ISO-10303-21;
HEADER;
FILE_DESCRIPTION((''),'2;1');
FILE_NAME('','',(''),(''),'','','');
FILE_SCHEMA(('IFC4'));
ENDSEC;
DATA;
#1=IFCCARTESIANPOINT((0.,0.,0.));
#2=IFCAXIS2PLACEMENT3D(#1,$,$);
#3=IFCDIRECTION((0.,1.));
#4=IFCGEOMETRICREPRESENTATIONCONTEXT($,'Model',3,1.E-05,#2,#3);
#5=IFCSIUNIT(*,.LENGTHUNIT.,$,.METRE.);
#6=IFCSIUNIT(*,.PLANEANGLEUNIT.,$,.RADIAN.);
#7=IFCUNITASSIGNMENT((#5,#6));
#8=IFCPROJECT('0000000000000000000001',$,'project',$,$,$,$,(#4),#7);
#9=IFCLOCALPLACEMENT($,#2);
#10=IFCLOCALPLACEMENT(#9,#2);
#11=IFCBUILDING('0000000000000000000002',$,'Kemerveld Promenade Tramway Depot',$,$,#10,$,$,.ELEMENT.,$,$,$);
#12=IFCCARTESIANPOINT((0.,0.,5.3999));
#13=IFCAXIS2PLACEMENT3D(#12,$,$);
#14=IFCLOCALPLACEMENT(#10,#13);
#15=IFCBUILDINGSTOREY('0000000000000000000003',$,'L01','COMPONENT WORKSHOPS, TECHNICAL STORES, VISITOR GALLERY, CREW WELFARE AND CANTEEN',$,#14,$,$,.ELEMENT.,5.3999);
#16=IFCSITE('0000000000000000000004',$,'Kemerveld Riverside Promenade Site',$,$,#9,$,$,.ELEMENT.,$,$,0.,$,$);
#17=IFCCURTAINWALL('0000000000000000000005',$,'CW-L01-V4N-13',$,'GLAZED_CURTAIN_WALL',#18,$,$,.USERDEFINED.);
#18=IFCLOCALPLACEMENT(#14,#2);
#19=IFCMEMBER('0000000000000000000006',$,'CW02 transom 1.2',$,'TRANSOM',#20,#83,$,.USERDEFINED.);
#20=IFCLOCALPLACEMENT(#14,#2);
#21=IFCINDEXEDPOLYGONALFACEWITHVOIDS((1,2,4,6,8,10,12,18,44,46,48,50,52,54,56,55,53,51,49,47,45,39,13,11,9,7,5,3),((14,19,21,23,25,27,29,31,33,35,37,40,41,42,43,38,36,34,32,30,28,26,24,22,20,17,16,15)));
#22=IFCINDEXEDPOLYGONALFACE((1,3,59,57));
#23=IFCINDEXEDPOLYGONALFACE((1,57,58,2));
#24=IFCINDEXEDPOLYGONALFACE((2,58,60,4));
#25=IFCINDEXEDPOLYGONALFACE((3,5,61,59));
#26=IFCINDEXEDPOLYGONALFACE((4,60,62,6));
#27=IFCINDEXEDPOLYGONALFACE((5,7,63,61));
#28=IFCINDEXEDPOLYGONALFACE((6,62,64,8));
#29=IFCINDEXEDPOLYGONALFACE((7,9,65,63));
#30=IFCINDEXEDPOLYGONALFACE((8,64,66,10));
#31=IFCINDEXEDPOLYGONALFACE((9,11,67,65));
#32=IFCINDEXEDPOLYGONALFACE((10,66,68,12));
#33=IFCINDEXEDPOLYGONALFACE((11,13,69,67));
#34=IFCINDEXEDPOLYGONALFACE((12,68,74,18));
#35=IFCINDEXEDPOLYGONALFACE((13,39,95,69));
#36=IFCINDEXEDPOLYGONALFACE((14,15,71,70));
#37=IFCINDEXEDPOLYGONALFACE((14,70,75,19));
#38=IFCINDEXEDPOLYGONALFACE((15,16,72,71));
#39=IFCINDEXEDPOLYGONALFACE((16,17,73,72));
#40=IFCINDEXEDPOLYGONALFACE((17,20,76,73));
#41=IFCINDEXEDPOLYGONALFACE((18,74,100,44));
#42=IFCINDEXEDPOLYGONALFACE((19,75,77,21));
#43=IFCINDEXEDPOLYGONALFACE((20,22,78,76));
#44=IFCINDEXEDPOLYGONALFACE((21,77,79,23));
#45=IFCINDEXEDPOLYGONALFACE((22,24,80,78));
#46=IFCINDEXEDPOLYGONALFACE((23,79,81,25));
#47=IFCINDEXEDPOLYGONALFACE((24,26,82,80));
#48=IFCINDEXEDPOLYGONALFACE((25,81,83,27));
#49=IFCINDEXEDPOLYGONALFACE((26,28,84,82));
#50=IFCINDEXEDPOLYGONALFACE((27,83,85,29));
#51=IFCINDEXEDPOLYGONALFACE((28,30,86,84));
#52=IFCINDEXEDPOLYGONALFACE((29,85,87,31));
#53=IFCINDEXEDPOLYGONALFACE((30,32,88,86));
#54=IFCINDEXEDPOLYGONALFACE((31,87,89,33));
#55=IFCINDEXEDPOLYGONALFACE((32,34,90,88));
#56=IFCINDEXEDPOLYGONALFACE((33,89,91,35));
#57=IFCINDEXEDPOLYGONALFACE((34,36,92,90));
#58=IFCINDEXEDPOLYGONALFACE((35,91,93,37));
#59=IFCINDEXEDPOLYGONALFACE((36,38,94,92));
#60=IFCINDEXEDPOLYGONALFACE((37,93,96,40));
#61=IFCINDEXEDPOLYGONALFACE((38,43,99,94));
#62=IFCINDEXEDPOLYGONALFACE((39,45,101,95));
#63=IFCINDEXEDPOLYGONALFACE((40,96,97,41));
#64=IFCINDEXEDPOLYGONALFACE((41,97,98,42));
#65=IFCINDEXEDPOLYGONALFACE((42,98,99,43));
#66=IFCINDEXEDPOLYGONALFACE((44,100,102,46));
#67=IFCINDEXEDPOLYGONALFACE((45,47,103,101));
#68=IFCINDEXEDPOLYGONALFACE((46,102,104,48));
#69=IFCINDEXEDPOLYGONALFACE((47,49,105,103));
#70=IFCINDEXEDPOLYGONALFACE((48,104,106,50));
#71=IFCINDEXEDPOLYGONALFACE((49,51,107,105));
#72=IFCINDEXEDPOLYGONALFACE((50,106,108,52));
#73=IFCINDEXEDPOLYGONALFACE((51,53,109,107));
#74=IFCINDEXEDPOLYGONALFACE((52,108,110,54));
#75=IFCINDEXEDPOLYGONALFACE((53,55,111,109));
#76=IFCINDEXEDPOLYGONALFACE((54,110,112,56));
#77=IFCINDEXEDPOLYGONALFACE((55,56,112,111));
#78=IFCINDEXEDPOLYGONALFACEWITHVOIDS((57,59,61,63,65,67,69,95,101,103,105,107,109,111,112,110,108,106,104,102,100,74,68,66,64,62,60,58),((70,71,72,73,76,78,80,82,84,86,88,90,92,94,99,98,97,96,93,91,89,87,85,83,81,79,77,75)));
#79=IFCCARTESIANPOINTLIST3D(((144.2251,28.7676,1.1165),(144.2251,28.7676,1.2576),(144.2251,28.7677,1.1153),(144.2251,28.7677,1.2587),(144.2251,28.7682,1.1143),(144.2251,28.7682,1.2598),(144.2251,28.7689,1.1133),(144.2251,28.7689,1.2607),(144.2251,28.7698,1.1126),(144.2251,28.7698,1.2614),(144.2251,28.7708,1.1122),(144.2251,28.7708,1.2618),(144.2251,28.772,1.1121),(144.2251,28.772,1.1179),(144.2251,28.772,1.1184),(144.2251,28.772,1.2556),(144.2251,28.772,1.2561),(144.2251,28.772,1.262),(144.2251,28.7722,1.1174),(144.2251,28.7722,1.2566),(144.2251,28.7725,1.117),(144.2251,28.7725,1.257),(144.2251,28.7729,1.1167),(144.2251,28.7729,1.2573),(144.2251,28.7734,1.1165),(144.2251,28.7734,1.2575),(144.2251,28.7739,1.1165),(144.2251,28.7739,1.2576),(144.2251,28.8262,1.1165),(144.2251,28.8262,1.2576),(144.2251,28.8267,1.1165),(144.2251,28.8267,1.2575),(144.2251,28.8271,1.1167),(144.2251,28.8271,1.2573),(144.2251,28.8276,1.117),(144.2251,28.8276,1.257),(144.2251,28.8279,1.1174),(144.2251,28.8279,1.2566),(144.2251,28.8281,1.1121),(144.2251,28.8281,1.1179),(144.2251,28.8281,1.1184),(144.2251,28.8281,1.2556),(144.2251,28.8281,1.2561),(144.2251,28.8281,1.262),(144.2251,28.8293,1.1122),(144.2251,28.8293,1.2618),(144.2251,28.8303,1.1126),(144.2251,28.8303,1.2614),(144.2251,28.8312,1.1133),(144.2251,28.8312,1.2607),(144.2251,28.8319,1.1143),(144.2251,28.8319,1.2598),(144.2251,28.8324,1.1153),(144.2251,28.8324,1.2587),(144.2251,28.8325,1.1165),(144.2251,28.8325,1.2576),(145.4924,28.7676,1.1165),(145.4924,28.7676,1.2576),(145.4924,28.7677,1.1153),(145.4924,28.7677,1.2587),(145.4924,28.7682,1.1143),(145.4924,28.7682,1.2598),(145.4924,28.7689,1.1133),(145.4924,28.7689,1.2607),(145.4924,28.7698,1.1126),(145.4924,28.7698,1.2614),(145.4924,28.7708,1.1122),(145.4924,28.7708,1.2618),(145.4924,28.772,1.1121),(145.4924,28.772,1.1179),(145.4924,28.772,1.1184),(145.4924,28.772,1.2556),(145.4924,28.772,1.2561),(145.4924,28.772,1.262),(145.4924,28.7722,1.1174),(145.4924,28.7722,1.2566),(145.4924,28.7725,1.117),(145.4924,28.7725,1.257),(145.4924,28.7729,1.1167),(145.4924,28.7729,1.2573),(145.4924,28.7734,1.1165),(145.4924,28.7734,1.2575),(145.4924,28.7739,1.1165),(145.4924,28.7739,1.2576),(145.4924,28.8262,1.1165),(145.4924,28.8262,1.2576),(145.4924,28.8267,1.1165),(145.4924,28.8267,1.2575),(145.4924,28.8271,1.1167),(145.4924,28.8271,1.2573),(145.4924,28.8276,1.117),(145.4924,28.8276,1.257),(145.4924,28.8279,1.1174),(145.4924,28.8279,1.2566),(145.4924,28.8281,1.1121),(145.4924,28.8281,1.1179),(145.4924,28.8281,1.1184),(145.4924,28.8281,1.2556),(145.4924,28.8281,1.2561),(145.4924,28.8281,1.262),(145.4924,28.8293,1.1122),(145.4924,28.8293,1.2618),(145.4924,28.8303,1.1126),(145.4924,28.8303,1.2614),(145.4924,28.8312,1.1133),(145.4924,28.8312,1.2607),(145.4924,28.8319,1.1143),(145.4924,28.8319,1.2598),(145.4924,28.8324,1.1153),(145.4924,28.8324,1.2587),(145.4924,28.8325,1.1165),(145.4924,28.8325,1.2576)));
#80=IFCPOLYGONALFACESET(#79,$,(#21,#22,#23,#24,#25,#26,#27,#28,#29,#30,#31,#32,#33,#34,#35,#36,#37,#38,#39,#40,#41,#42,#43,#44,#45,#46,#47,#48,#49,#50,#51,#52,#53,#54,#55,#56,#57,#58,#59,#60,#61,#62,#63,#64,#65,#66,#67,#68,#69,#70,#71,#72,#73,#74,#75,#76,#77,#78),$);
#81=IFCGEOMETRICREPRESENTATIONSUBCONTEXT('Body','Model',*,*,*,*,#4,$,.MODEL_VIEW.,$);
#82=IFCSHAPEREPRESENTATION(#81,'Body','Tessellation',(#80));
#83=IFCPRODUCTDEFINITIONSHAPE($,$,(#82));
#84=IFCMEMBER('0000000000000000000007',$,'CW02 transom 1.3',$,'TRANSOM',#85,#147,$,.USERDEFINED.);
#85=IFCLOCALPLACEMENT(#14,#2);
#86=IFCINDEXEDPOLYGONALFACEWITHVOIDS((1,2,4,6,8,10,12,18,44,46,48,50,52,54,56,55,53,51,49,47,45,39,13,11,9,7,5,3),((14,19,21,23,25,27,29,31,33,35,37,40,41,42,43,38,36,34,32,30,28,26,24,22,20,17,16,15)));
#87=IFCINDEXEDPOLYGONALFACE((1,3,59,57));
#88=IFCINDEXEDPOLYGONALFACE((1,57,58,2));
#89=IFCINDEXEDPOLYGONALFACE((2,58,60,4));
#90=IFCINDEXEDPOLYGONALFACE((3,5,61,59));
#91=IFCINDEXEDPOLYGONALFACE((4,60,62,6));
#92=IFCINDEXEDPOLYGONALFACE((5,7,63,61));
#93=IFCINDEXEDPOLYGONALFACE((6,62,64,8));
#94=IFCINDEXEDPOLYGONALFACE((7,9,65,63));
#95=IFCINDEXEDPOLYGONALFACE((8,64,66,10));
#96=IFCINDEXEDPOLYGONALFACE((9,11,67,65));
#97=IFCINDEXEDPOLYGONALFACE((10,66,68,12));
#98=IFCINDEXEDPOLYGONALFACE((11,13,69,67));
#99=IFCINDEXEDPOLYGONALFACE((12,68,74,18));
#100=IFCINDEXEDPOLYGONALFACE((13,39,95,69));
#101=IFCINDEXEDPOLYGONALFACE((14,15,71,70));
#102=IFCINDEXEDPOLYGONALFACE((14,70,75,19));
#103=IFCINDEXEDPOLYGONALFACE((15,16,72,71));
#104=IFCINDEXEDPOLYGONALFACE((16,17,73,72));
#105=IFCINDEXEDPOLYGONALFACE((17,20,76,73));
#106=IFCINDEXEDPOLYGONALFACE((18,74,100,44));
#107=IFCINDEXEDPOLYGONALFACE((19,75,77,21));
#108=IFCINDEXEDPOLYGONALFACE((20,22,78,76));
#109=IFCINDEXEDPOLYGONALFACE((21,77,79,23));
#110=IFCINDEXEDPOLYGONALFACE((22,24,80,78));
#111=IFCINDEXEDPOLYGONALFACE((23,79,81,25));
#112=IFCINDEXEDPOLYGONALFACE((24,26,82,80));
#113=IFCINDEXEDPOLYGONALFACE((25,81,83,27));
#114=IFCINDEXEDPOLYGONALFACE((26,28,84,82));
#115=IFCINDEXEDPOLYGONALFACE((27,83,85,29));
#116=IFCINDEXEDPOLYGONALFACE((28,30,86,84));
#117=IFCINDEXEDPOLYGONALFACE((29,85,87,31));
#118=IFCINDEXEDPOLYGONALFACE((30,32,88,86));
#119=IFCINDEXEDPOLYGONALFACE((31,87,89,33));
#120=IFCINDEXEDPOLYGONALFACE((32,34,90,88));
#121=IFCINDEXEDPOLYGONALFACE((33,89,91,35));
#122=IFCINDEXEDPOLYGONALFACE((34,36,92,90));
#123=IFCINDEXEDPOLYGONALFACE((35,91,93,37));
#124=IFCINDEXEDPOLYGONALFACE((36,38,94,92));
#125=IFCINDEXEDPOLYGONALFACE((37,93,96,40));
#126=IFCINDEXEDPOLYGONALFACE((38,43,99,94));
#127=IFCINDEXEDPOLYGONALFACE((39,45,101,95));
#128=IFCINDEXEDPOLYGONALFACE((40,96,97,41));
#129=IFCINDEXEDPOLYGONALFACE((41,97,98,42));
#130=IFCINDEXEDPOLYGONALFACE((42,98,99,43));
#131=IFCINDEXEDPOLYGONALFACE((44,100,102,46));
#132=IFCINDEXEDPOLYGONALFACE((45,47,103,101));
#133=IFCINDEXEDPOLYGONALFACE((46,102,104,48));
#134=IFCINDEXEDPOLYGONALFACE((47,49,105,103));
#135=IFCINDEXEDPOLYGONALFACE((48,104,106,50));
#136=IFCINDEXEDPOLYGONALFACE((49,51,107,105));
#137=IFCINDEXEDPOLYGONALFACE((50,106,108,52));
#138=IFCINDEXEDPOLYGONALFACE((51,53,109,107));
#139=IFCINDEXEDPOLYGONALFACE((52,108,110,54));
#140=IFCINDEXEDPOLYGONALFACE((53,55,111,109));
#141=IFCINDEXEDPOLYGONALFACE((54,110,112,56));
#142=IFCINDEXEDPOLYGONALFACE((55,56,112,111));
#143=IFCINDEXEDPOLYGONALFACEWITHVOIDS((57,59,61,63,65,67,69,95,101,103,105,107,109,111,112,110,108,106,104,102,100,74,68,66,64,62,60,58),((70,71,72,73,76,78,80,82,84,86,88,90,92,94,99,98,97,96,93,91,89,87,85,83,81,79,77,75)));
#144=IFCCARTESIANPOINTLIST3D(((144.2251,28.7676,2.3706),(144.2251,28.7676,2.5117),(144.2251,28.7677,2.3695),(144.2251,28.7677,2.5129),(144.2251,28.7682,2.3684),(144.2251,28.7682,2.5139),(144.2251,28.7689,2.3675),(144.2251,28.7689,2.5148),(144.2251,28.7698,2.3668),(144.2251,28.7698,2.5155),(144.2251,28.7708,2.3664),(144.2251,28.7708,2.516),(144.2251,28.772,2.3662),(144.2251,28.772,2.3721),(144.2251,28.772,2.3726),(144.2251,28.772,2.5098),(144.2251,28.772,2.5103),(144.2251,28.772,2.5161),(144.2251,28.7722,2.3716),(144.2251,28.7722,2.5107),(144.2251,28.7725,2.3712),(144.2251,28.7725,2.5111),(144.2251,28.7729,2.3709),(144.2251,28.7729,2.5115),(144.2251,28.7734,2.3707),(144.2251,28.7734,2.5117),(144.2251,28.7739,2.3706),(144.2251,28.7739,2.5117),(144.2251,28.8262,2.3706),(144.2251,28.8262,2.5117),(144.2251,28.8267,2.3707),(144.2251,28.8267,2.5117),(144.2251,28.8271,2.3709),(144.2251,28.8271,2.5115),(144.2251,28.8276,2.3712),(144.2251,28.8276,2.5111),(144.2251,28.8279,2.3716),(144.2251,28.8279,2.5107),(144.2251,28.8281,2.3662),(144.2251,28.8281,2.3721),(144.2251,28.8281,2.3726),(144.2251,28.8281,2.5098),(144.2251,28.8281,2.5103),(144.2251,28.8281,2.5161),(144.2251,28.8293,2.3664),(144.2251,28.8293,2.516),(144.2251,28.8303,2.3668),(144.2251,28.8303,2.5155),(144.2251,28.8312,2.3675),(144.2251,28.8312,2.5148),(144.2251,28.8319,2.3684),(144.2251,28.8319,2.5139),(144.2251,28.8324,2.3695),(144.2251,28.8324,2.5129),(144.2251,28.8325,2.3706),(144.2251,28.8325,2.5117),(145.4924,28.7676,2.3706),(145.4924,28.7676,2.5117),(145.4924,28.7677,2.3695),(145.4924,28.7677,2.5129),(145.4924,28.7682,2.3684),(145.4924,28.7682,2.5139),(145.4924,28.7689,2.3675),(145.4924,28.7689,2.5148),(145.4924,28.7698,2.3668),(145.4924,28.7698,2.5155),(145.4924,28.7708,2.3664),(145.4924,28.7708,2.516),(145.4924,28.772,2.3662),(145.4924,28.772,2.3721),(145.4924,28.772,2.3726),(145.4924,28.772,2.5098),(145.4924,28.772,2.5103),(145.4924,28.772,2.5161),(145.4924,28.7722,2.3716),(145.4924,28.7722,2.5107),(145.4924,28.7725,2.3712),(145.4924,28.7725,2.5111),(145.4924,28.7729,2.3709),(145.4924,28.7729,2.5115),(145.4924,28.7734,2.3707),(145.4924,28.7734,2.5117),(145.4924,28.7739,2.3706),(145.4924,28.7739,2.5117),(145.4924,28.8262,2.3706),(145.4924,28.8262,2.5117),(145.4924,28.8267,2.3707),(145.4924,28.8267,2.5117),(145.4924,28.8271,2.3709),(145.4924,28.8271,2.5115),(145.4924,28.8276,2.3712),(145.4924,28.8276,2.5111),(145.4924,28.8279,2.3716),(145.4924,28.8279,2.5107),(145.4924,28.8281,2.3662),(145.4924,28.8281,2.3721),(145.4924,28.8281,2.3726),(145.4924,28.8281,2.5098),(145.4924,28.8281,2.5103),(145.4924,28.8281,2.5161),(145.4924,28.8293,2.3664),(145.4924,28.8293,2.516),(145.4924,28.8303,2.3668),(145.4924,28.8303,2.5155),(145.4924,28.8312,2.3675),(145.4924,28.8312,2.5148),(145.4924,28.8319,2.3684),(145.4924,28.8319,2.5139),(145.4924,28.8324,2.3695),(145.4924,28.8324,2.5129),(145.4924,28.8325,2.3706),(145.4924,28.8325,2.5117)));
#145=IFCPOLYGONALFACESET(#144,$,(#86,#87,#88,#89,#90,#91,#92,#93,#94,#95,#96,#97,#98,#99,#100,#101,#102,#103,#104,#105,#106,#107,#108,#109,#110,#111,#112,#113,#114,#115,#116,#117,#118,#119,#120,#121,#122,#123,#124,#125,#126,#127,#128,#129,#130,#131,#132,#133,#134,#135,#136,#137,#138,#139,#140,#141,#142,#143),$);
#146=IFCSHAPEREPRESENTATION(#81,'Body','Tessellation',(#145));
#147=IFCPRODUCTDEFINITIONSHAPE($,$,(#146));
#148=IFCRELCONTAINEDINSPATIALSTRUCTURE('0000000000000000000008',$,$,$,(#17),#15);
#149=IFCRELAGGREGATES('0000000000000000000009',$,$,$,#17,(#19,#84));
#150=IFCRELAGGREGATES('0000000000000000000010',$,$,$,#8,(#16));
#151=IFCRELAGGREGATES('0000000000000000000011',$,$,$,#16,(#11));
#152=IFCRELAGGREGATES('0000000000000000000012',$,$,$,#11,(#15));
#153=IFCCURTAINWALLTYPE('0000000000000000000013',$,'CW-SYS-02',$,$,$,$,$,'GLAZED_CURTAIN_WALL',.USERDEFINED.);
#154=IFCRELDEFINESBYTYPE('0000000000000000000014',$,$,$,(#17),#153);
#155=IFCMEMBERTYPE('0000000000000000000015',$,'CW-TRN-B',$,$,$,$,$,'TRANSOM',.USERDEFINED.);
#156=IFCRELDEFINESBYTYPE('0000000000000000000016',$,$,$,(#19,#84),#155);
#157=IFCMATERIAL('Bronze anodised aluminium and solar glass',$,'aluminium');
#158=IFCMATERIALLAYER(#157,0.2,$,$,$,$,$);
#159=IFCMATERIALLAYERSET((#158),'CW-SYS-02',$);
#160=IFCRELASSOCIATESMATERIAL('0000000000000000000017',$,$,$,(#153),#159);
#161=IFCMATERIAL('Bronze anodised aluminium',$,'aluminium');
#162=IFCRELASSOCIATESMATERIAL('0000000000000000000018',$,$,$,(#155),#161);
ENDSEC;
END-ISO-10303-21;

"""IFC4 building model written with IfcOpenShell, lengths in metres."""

from ifc_helpers import new_model, si_unit, direction, frame, origin, origin_2d, place, context, subcontext, project, spatial, hollow_rectangle, extrude, material, layer, layer_set, material_profile, profile_set, type_object, element, aggregate, save


model = new_model("IFC4")

# Units and contexts
model_context = context("Model", 3, precision=1e-05, world=origin(), true_north=direction((0.0, 1.0)))
body_context = subcontext(model_context, "Body", "Model", "MODEL_VIEW")
ifc_project = project(units=[si_unit("LENGTHUNIT", "METRE"), si_unit("PLANEANGLEUNIT", "RADIAN")], contexts=[model_context])

# Site, building, storey
site_placement = place(None, origin())
site = spatial("IfcSite", under=ifc_project, at=site_placement, Name="Kemerveld Riverside Promenade Site", CompositionType="ELEMENT", RefElevation=0.0)
building_placement = place(site_placement, origin())
building = spatial("IfcBuilding", under=site, at=building_placement, Name="Kemerveld Promenade Tramway Depot", CompositionType="ELEMENT")
storey_placement = place(building_placement, frame((0.0, 0.0, 5.3999)))
storey = spatial("IfcBuildingStorey", under=building, at=storey_placement, Name="L01", Description="COMPONENT WORKSHOPS, TECHNICAL STORES, VISITOR GALLERY, CREW WELFARE AND CANTEEN", CompositionType="ELEMENT", Elevation=5.3999)

# Shared definitions
ifc_material_1 = material(Name="Bronze anodised aluminium and solar glass", Category="aluminium")
ifc_material_2 = material(Name="Bronze anodised aluminium", Category="aluminium")

# Curtain wall
ifc_layer_1 = layer(ifc_material_1, 0.2)
ifc_layer_set_1 = layer_set([ifc_layer_1], Name="CW-SYS-02")
curtain_wall_type_1 = type_object("IfcCurtainWallType", Name="CW-SYS-02", ElementType="GLAZED_CURTAIN_WALL", PredefinedType="USERDEFINED", material=ifc_layer_set_1)
curtain_wall_1_placement = place(storey_placement, origin())
curtain_wall_1 = element("IfcCurtainWall", 1, at=curtain_wall_1_placement, inside=storey, type_object=curtain_wall_type_1, Name="CW-L01-V4N-13", ObjectType="GLAZED_CURTAIN_WALL", PredefinedType="USERDEFINED")

# Members
ifc_material_profile_1 = material_profile(ifc_material_2, hollow_rectangle(XDim=0.0649, YDim=0.1499, WallThickness=0.0044, InnerFilletRadius=0.002, OuterFilletRadius=0.0044, at=origin_2d()), Name="CW-TRN-150x65")
ifc_profile_set_1 = profile_set([ifc_material_profile_1], Name="Bronze anodised aluminium")
member_type_1 = type_object("IfcMemberType", Name="CW-TRN-B", ElementType="TRANSOM", PredefinedType="USERDEFINED", material=ifc_profile_set_1)
member_1_placement = place(storey_placement, frame((144.2251, 28.8, 1.187), z_axis=(1.0, 0.0, 0.0), x_axis=(0.0, 1.0, 0.0)))
member_1 = element("IfcMember", 2, at=member_1_placement, type_object=member_type_1, Name="CW02 transom 1.2", ObjectType="TRANSOM", PredefinedType="USERDEFINED", context=body_context, shape_type="SweptSolid", body=[
    extrude(hollow_rectangle(XDim=0.0649, YDim=0.1499, WallThickness=0.0044, InnerFilletRadius=0.002, OuterFilletRadius=0.0044, at=origin_2d()), origin(), (0.0, 0.0, 1.0), 1.2673),
])
member_2_placement = place(storey_placement, frame((144.2251, 28.8, 2.4412), z_axis=(1.0, 0.0, 0.0), x_axis=(0.0, 1.0, 0.0)))
member_2 = element("IfcMember", 3, at=member_2_placement, type_object=member_type_1, Name="CW02 transom 1.3", ObjectType="TRANSOM", PredefinedType="USERDEFINED", context=body_context, shape_type="SweptSolid", body=[
    extrude(hollow_rectangle(XDim=0.0649, YDim=0.1499, WallThickness=0.0044, InnerFilletRadius=0.002, OuterFilletRadius=0.0044, at=origin_2d()), origin(), (0.0, 0.0, 1.0), 1.2673),
])

aggregate(curtain_wall_1, [member_1, member_2])

save(model, "model.ifc")
